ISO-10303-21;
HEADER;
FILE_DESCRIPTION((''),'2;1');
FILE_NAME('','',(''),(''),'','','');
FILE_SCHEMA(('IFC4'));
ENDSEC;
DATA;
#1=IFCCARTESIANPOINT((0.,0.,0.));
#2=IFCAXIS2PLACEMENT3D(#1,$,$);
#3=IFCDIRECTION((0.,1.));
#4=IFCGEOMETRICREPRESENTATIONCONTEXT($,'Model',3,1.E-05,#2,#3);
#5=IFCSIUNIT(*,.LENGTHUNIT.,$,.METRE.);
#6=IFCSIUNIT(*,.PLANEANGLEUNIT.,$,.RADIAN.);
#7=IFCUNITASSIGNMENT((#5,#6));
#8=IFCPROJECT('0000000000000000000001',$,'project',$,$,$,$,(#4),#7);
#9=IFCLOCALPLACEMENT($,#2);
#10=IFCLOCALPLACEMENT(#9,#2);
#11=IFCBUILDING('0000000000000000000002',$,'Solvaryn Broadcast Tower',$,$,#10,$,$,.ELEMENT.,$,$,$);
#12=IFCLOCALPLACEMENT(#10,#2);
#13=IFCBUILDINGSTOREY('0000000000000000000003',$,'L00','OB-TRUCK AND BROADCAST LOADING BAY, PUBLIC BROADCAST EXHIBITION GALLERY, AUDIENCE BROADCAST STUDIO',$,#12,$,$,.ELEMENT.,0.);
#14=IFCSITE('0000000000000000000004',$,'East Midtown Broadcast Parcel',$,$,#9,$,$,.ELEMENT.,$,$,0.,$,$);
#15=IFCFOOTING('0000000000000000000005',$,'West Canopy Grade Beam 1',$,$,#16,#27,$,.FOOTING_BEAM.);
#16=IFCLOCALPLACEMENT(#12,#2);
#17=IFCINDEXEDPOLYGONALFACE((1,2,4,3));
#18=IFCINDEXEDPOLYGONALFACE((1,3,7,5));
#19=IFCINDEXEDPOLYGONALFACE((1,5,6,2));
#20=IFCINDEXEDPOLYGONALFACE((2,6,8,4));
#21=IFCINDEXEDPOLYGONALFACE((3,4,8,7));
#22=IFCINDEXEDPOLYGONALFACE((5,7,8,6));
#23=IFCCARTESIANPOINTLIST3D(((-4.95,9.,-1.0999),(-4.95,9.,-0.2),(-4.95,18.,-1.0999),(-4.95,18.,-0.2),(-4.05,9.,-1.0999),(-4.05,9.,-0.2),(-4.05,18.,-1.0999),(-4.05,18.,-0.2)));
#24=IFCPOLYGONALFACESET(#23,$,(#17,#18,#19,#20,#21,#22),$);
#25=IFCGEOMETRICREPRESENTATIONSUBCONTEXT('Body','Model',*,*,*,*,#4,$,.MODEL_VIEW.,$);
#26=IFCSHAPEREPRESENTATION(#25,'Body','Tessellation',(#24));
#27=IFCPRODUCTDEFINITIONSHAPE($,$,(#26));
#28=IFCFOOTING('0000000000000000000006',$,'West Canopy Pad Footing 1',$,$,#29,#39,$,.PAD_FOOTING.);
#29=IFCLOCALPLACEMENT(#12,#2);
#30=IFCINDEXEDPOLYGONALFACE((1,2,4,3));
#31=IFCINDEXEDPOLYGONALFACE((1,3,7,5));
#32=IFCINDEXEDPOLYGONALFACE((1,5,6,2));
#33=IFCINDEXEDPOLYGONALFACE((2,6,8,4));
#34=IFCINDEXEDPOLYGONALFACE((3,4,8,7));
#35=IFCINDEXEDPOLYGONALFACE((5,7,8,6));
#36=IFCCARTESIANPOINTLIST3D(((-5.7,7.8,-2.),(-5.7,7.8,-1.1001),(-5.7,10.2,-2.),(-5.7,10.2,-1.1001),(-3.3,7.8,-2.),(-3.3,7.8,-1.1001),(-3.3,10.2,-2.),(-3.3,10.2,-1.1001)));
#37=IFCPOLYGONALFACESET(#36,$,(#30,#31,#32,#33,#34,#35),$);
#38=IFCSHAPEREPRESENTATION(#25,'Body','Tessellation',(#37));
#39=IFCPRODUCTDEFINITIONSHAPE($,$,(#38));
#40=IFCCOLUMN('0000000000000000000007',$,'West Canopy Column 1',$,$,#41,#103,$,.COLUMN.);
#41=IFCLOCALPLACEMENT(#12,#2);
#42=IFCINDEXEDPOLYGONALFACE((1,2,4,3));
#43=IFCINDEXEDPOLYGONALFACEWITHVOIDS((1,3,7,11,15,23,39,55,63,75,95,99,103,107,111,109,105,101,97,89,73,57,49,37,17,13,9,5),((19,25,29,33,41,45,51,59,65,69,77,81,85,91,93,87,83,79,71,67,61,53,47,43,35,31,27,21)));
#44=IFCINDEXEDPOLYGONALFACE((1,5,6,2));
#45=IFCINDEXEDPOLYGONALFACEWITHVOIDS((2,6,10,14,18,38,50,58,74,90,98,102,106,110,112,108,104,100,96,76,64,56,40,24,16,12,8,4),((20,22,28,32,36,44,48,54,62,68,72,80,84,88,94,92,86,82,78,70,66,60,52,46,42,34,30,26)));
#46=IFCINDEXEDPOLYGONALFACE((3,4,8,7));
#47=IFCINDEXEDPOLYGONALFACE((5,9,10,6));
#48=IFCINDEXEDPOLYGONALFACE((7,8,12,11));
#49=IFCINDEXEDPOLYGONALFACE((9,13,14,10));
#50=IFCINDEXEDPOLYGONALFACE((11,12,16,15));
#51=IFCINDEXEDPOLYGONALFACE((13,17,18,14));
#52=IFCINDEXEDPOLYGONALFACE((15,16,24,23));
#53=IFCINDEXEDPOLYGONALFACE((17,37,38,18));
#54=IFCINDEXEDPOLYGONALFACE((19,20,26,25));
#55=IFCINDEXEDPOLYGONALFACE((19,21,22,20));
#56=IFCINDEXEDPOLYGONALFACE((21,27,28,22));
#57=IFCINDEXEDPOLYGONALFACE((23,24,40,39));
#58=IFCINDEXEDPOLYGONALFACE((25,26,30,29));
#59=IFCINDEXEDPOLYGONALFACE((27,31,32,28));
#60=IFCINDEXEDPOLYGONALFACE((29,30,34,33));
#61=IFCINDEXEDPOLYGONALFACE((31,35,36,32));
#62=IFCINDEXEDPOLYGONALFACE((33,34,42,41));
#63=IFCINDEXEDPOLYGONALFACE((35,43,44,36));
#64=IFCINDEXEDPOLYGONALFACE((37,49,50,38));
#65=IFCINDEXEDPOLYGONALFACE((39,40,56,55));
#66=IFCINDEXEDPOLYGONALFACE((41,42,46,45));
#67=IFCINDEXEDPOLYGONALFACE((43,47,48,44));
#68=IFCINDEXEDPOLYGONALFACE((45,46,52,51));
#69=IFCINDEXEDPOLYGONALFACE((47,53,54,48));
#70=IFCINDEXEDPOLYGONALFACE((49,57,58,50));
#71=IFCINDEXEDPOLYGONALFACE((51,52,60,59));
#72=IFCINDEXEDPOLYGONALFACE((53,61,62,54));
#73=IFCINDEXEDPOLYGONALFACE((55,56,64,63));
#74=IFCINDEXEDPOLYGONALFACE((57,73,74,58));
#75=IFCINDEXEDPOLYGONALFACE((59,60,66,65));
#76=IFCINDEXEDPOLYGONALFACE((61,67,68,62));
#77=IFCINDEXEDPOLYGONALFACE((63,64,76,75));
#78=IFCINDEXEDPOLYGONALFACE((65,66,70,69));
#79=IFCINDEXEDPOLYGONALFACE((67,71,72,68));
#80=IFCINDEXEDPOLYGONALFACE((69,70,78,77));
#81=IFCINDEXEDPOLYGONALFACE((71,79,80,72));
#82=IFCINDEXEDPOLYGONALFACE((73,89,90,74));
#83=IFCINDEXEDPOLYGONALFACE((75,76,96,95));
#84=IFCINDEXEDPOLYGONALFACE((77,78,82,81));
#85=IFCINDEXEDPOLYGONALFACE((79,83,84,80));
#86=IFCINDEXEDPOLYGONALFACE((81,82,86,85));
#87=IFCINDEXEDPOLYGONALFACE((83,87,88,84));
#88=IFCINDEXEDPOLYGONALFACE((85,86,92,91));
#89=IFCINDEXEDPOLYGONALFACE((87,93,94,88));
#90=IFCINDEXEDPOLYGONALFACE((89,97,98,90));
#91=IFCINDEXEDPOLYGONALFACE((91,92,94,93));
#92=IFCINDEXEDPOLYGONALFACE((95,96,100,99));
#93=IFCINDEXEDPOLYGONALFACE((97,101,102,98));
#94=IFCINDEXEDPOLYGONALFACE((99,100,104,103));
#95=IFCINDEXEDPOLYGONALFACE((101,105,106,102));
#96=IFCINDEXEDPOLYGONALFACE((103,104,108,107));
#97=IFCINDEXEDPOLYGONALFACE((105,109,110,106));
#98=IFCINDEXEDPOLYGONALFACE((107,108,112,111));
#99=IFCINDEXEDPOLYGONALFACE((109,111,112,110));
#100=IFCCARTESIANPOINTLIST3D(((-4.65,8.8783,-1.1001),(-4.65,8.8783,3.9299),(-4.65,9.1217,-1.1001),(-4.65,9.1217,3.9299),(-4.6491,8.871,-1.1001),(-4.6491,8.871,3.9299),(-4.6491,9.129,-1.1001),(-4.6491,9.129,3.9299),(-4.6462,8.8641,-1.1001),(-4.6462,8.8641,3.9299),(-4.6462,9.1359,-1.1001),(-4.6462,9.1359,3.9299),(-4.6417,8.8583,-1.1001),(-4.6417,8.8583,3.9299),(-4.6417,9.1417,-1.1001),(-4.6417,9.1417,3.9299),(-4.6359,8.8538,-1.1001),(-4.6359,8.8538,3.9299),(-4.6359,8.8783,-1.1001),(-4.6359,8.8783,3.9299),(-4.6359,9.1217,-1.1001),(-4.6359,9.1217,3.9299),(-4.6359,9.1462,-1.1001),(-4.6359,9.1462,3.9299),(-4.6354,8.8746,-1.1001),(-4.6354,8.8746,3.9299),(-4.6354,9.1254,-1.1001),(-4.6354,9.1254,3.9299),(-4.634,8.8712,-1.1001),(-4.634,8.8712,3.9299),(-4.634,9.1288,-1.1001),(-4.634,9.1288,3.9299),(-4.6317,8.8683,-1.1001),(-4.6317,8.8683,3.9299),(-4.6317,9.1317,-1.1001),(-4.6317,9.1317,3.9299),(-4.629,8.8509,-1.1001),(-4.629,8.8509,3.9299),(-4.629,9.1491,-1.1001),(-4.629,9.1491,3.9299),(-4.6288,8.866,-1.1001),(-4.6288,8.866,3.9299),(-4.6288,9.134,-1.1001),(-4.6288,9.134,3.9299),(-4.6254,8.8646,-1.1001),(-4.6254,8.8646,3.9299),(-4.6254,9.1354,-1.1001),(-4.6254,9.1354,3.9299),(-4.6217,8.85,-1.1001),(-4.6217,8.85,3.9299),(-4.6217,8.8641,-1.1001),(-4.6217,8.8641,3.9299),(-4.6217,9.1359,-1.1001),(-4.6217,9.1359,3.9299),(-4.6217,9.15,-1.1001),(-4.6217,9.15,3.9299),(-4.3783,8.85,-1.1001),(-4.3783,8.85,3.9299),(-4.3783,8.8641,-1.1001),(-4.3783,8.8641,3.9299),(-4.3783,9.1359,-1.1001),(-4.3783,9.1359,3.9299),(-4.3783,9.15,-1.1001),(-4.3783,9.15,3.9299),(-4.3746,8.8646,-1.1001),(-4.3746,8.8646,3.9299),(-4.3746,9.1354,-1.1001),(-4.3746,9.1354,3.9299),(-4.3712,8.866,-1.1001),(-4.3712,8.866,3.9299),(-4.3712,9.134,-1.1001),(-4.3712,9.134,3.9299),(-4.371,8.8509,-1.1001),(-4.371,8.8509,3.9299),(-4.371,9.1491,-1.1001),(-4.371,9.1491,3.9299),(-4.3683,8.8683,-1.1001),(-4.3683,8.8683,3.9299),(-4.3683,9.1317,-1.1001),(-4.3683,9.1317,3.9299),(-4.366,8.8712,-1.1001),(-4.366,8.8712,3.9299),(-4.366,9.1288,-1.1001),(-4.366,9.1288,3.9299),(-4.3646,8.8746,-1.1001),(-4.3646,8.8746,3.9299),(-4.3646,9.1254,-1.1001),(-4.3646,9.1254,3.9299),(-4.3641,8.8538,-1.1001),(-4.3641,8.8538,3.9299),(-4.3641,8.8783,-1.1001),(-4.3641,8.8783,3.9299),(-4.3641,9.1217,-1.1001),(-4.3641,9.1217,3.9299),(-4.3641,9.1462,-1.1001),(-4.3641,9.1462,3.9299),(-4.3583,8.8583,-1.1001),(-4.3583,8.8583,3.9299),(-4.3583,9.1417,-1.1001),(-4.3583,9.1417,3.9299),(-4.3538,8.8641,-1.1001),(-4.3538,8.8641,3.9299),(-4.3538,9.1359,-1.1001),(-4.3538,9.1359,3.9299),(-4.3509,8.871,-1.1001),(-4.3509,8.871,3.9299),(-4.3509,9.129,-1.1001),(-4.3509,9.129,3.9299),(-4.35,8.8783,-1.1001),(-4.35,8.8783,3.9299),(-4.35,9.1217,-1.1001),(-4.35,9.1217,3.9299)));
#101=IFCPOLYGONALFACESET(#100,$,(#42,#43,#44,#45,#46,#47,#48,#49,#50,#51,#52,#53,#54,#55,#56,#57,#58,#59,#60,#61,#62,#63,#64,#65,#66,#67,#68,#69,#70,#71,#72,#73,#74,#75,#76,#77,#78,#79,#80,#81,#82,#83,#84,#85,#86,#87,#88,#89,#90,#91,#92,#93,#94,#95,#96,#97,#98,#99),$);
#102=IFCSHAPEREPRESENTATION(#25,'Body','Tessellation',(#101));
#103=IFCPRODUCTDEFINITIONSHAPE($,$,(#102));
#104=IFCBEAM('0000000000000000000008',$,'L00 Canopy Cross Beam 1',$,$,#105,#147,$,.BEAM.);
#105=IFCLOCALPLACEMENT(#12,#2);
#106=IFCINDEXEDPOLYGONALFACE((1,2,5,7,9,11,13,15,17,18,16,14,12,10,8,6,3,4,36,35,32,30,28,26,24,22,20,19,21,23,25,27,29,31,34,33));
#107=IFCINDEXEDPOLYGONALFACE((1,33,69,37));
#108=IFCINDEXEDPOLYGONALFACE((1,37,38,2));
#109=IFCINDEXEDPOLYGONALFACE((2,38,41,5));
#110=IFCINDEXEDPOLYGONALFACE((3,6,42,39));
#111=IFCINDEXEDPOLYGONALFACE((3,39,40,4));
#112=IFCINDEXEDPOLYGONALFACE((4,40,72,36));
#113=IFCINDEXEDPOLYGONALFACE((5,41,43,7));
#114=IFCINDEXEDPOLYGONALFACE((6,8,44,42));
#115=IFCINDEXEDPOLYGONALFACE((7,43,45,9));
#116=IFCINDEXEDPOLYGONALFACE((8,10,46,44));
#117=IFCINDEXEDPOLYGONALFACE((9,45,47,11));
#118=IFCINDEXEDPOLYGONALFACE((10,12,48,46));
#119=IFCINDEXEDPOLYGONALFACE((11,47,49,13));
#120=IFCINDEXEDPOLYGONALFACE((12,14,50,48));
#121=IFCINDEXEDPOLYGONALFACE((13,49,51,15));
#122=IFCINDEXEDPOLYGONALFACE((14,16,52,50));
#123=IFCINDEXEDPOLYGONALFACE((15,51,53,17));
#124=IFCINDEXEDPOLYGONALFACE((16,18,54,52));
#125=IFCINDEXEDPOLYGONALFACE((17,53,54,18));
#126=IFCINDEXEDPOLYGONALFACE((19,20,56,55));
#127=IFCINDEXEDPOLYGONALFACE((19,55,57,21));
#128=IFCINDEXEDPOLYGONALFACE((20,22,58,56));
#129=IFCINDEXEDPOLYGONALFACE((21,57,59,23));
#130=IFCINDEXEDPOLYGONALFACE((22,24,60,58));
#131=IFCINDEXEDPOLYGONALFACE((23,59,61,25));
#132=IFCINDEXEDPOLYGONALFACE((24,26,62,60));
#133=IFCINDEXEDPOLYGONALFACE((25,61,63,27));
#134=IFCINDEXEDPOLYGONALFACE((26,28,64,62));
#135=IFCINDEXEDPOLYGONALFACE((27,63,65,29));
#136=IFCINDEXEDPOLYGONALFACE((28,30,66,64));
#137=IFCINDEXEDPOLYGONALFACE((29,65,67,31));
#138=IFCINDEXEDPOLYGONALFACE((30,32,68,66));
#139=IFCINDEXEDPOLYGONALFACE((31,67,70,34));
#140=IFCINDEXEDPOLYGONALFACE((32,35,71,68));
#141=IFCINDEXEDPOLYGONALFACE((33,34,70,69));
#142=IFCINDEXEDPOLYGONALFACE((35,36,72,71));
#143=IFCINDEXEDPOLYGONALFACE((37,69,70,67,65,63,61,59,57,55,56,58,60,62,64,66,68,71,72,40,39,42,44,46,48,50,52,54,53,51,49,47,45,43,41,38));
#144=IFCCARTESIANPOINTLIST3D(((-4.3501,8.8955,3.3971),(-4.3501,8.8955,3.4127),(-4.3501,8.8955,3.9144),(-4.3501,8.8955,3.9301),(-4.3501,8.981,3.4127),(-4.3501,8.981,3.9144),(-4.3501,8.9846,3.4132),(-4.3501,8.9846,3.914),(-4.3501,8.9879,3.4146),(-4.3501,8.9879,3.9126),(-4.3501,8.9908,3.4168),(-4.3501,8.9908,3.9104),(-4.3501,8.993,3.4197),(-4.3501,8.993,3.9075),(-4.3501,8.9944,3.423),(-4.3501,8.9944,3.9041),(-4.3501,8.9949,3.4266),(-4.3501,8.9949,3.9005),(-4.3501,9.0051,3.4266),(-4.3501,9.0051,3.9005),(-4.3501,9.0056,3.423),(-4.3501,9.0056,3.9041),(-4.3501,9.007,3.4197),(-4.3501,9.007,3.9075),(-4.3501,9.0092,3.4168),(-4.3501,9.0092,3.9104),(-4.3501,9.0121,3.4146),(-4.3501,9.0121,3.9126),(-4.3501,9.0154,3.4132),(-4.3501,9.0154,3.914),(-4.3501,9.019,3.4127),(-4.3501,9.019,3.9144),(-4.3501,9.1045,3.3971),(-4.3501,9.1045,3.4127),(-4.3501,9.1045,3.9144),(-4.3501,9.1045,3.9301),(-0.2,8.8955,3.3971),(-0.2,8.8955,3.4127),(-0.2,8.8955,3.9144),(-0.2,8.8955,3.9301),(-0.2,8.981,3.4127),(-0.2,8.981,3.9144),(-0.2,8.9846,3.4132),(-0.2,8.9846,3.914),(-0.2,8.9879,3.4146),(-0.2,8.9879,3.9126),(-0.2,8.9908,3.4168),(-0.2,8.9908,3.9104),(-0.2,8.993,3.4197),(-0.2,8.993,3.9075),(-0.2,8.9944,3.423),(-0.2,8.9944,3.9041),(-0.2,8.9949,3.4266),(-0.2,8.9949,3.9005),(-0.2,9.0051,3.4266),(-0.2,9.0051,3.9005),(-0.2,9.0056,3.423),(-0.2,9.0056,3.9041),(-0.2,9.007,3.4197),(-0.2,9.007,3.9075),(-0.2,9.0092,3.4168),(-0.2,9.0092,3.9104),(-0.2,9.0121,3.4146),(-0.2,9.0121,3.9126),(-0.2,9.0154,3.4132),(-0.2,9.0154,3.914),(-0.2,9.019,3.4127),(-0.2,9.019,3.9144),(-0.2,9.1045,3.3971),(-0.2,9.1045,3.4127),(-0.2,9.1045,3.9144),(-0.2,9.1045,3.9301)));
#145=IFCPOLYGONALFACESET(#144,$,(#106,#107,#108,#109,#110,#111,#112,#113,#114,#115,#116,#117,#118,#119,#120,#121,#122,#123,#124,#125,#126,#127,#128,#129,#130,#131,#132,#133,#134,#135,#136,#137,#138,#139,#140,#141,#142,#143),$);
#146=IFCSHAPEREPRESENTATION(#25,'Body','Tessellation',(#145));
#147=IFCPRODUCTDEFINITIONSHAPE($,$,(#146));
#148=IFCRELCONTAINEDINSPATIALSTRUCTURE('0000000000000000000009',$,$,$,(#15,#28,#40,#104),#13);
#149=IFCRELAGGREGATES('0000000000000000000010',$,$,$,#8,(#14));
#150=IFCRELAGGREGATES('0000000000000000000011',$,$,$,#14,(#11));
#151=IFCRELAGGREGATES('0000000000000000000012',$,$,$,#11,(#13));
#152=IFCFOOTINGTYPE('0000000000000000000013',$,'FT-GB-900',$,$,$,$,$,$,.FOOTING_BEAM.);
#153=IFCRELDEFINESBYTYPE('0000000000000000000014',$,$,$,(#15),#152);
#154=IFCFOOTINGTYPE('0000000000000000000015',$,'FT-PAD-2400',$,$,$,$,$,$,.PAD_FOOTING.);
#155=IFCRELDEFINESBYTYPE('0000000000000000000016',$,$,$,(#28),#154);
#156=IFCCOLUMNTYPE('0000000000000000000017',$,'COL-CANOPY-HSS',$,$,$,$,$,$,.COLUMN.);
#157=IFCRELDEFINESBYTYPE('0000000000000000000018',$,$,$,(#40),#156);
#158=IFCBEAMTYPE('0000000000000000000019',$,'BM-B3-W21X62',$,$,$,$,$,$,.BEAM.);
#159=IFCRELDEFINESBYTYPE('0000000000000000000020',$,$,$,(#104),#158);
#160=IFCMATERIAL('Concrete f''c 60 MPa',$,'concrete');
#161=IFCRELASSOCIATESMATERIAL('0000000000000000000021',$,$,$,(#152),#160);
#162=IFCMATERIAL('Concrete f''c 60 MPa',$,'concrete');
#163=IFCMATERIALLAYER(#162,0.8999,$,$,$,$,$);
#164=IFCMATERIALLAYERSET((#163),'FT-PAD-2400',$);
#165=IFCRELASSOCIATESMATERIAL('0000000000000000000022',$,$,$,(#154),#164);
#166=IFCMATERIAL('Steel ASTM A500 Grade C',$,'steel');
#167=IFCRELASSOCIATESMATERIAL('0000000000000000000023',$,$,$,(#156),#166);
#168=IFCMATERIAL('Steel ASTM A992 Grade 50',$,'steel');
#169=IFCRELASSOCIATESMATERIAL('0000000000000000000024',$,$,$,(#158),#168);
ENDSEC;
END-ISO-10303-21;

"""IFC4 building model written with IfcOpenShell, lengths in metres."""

from ifc_helpers import new_model, si_unit, direction, frame, origin, origin_2d, place, context, subcontext, project, spatial, rectangle, hollow_rectangle, i_section, extrude, material, layer, layer_set, material_profile, profile_set, type_object, element, save


model = new_model("IFC4")

# Units and contexts
model_context = context("Model", 3, precision=1e-05, world=origin(), true_north=direction((0.0, 1.0)))
body_context = subcontext(model_context, "Body", "Model", "MODEL_VIEW")
ifc_project = project(units=[si_unit("LENGTHUNIT", "METRE"), si_unit("PLANEANGLEUNIT", "RADIAN")], contexts=[model_context])

# Site, building, storey
site_placement = place(None, origin())
site = spatial("IfcSite", under=ifc_project, at=site_placement, Name="East Midtown Broadcast Parcel", CompositionType="ELEMENT", RefElevation=0.0)
building_placement = place(site_placement, origin())
building = spatial("IfcBuilding", under=site, at=building_placement, Name="Solvaryn Broadcast Tower", CompositionType="ELEMENT")
storey_placement = place(building_placement, origin())
storey = spatial("IfcBuildingStorey", under=building, at=storey_placement, Name="L00", Description="OB-TRUCK AND BROADCAST LOADING BAY, PUBLIC BROADCAST EXHIBITION GALLERY, AUDIENCE BROADCAST STUDIO", CompositionType="ELEMENT", Elevation=0.0)

# Footings
ifc_material_1 = material(Name="Concrete f'c 60 MPa", Category="concrete")
ifc_material_profile_1 = material_profile(ifc_material_1, rectangle(XDim=0.8999, YDim=0.8999, at=origin_2d()))
ifc_profile_set_1 = profile_set([ifc_material_profile_1], Name="Concrete f'c 60 MPa")
footing_type_1 = type_object("IfcFootingType", Name="FT-GB-900", PredefinedType="FOOTING_BEAM", material=ifc_profile_set_1)
footing_1_placement = place(storey_placement, frame((-4.5, 9.0, -0.6499), z_axis=(0.0, 1.0, 0.0), x_axis=(-1.0, 0.0, 0.0)))
element("IfcFooting", 1, at=footing_1_placement, inside=storey, type_object=footing_type_1, Name="West Canopy Grade Beam 1", PredefinedType="FOOTING_BEAM", context=body_context, shape_type="SweptSolid", body=[
    extrude(rectangle(XDim=0.8999, YDim=0.8999, at=origin_2d()), origin(), (0.0, 0.0, 1.0), 9.0),
])
ifc_material_2 = material(Name="Concrete f'c 60 MPa", Category="concrete")
ifc_layer_1 = layer(ifc_material_2, 0.8999)
ifc_layer_set_1 = layer_set([ifc_layer_1], Name="FT-PAD-2400")
footing_type_2 = type_object("IfcFootingType", Name="FT-PAD-2400", PredefinedType="PAD_FOOTING", material=ifc_layer_set_1)
footing_2_placement = place(storey_placement, frame((-4.5, 9.0, -2.0), z_axis=(0.0, 0.0, 1.0), x_axis=(1.0, 0.0, 0.0)))
element("IfcFooting", 2, at=footing_2_placement, inside=storey, type_object=footing_type_2, Name="West Canopy Pad Footing 1", PredefinedType="PAD_FOOTING", context=body_context, shape_type="SweptSolid", body=[
    extrude(rectangle(XDim=2.3999, YDim=2.3999, at=origin_2d()), origin(), (0.0, 0.0, 1.0), 0.8999),
])

# Column
ifc_material_3 = material(Name="Steel ASTM A500 Grade C", Category="steel")
ifc_material_profile_2 = material_profile(ifc_material_3, hollow_rectangle(XDim=0.3, YDim=0.3, WallThickness=0.0142, InnerFilletRadius=0.0142, OuterFilletRadius=0.0283, at=origin_2d()))
ifc_profile_set_2 = profile_set([ifc_material_profile_2], Name="Steel ASTM A500 Grade C")
column_type = type_object("IfcColumnType", Name="COL-CANOPY-HSS", PredefinedType="COLUMN", material=ifc_profile_set_2)
column_placement = place(storey_placement, frame((-4.5, 9.0, -1.1001), z_axis=(0.0, 0.0, 1.0), x_axis=(1.0, 0.0, 0.0)))
element("IfcColumn", 3, at=column_placement, inside=storey, type_object=column_type, Name="West Canopy Column 1", PredefinedType="COLUMN", context=body_context, shape_type="SweptSolid", body=[
    extrude(hollow_rectangle(XDim=0.3, YDim=0.3, WallThickness=0.0142, InnerFilletRadius=0.0142, OuterFilletRadius=0.0283, at=origin_2d()), origin(), (0.0, 0.0, 1.0), 5.03),
])

# Beam
ifc_material_4 = material(Name="Steel ASTM A992 Grade 50", Category="steel")
ifc_material_profile_3 = material_profile(ifc_material_4, i_section(OverallWidth=0.209, OverallDepth=0.533, WebThickness=0.0103, FlangeThickness=0.0156, FilletRadius=0.0139, at=origin_2d()))
ifc_profile_set_3 = profile_set([ifc_material_profile_3], Name="Steel ASTM A992 Grade 50")
beam_type = type_object("IfcBeamType", Name="BM-B3-W21X62", PredefinedType="BEAM", material=ifc_profile_set_3)
beam_placement = place(storey_placement, frame((-4.3501, 9.0, 3.6636), z_axis=(1.0, 0.0, 0.0), x_axis=(0.0, 1.0, 0.0)))
element("IfcBeam", 4, at=beam_placement, inside=storey, type_object=beam_type, Name="L00 Canopy Cross Beam 1", PredefinedType="BEAM", context=body_context, shape_type="SweptSolid", body=[
    extrude(i_section(OverallWidth=0.209, OverallDepth=0.533, WebThickness=0.0103, FlangeThickness=0.0156, FilletRadius=0.0139, at=origin_2d()), origin(), (0.0, 0.0, 1.0), 4.1501),
])

save(model, "model.ifc")
